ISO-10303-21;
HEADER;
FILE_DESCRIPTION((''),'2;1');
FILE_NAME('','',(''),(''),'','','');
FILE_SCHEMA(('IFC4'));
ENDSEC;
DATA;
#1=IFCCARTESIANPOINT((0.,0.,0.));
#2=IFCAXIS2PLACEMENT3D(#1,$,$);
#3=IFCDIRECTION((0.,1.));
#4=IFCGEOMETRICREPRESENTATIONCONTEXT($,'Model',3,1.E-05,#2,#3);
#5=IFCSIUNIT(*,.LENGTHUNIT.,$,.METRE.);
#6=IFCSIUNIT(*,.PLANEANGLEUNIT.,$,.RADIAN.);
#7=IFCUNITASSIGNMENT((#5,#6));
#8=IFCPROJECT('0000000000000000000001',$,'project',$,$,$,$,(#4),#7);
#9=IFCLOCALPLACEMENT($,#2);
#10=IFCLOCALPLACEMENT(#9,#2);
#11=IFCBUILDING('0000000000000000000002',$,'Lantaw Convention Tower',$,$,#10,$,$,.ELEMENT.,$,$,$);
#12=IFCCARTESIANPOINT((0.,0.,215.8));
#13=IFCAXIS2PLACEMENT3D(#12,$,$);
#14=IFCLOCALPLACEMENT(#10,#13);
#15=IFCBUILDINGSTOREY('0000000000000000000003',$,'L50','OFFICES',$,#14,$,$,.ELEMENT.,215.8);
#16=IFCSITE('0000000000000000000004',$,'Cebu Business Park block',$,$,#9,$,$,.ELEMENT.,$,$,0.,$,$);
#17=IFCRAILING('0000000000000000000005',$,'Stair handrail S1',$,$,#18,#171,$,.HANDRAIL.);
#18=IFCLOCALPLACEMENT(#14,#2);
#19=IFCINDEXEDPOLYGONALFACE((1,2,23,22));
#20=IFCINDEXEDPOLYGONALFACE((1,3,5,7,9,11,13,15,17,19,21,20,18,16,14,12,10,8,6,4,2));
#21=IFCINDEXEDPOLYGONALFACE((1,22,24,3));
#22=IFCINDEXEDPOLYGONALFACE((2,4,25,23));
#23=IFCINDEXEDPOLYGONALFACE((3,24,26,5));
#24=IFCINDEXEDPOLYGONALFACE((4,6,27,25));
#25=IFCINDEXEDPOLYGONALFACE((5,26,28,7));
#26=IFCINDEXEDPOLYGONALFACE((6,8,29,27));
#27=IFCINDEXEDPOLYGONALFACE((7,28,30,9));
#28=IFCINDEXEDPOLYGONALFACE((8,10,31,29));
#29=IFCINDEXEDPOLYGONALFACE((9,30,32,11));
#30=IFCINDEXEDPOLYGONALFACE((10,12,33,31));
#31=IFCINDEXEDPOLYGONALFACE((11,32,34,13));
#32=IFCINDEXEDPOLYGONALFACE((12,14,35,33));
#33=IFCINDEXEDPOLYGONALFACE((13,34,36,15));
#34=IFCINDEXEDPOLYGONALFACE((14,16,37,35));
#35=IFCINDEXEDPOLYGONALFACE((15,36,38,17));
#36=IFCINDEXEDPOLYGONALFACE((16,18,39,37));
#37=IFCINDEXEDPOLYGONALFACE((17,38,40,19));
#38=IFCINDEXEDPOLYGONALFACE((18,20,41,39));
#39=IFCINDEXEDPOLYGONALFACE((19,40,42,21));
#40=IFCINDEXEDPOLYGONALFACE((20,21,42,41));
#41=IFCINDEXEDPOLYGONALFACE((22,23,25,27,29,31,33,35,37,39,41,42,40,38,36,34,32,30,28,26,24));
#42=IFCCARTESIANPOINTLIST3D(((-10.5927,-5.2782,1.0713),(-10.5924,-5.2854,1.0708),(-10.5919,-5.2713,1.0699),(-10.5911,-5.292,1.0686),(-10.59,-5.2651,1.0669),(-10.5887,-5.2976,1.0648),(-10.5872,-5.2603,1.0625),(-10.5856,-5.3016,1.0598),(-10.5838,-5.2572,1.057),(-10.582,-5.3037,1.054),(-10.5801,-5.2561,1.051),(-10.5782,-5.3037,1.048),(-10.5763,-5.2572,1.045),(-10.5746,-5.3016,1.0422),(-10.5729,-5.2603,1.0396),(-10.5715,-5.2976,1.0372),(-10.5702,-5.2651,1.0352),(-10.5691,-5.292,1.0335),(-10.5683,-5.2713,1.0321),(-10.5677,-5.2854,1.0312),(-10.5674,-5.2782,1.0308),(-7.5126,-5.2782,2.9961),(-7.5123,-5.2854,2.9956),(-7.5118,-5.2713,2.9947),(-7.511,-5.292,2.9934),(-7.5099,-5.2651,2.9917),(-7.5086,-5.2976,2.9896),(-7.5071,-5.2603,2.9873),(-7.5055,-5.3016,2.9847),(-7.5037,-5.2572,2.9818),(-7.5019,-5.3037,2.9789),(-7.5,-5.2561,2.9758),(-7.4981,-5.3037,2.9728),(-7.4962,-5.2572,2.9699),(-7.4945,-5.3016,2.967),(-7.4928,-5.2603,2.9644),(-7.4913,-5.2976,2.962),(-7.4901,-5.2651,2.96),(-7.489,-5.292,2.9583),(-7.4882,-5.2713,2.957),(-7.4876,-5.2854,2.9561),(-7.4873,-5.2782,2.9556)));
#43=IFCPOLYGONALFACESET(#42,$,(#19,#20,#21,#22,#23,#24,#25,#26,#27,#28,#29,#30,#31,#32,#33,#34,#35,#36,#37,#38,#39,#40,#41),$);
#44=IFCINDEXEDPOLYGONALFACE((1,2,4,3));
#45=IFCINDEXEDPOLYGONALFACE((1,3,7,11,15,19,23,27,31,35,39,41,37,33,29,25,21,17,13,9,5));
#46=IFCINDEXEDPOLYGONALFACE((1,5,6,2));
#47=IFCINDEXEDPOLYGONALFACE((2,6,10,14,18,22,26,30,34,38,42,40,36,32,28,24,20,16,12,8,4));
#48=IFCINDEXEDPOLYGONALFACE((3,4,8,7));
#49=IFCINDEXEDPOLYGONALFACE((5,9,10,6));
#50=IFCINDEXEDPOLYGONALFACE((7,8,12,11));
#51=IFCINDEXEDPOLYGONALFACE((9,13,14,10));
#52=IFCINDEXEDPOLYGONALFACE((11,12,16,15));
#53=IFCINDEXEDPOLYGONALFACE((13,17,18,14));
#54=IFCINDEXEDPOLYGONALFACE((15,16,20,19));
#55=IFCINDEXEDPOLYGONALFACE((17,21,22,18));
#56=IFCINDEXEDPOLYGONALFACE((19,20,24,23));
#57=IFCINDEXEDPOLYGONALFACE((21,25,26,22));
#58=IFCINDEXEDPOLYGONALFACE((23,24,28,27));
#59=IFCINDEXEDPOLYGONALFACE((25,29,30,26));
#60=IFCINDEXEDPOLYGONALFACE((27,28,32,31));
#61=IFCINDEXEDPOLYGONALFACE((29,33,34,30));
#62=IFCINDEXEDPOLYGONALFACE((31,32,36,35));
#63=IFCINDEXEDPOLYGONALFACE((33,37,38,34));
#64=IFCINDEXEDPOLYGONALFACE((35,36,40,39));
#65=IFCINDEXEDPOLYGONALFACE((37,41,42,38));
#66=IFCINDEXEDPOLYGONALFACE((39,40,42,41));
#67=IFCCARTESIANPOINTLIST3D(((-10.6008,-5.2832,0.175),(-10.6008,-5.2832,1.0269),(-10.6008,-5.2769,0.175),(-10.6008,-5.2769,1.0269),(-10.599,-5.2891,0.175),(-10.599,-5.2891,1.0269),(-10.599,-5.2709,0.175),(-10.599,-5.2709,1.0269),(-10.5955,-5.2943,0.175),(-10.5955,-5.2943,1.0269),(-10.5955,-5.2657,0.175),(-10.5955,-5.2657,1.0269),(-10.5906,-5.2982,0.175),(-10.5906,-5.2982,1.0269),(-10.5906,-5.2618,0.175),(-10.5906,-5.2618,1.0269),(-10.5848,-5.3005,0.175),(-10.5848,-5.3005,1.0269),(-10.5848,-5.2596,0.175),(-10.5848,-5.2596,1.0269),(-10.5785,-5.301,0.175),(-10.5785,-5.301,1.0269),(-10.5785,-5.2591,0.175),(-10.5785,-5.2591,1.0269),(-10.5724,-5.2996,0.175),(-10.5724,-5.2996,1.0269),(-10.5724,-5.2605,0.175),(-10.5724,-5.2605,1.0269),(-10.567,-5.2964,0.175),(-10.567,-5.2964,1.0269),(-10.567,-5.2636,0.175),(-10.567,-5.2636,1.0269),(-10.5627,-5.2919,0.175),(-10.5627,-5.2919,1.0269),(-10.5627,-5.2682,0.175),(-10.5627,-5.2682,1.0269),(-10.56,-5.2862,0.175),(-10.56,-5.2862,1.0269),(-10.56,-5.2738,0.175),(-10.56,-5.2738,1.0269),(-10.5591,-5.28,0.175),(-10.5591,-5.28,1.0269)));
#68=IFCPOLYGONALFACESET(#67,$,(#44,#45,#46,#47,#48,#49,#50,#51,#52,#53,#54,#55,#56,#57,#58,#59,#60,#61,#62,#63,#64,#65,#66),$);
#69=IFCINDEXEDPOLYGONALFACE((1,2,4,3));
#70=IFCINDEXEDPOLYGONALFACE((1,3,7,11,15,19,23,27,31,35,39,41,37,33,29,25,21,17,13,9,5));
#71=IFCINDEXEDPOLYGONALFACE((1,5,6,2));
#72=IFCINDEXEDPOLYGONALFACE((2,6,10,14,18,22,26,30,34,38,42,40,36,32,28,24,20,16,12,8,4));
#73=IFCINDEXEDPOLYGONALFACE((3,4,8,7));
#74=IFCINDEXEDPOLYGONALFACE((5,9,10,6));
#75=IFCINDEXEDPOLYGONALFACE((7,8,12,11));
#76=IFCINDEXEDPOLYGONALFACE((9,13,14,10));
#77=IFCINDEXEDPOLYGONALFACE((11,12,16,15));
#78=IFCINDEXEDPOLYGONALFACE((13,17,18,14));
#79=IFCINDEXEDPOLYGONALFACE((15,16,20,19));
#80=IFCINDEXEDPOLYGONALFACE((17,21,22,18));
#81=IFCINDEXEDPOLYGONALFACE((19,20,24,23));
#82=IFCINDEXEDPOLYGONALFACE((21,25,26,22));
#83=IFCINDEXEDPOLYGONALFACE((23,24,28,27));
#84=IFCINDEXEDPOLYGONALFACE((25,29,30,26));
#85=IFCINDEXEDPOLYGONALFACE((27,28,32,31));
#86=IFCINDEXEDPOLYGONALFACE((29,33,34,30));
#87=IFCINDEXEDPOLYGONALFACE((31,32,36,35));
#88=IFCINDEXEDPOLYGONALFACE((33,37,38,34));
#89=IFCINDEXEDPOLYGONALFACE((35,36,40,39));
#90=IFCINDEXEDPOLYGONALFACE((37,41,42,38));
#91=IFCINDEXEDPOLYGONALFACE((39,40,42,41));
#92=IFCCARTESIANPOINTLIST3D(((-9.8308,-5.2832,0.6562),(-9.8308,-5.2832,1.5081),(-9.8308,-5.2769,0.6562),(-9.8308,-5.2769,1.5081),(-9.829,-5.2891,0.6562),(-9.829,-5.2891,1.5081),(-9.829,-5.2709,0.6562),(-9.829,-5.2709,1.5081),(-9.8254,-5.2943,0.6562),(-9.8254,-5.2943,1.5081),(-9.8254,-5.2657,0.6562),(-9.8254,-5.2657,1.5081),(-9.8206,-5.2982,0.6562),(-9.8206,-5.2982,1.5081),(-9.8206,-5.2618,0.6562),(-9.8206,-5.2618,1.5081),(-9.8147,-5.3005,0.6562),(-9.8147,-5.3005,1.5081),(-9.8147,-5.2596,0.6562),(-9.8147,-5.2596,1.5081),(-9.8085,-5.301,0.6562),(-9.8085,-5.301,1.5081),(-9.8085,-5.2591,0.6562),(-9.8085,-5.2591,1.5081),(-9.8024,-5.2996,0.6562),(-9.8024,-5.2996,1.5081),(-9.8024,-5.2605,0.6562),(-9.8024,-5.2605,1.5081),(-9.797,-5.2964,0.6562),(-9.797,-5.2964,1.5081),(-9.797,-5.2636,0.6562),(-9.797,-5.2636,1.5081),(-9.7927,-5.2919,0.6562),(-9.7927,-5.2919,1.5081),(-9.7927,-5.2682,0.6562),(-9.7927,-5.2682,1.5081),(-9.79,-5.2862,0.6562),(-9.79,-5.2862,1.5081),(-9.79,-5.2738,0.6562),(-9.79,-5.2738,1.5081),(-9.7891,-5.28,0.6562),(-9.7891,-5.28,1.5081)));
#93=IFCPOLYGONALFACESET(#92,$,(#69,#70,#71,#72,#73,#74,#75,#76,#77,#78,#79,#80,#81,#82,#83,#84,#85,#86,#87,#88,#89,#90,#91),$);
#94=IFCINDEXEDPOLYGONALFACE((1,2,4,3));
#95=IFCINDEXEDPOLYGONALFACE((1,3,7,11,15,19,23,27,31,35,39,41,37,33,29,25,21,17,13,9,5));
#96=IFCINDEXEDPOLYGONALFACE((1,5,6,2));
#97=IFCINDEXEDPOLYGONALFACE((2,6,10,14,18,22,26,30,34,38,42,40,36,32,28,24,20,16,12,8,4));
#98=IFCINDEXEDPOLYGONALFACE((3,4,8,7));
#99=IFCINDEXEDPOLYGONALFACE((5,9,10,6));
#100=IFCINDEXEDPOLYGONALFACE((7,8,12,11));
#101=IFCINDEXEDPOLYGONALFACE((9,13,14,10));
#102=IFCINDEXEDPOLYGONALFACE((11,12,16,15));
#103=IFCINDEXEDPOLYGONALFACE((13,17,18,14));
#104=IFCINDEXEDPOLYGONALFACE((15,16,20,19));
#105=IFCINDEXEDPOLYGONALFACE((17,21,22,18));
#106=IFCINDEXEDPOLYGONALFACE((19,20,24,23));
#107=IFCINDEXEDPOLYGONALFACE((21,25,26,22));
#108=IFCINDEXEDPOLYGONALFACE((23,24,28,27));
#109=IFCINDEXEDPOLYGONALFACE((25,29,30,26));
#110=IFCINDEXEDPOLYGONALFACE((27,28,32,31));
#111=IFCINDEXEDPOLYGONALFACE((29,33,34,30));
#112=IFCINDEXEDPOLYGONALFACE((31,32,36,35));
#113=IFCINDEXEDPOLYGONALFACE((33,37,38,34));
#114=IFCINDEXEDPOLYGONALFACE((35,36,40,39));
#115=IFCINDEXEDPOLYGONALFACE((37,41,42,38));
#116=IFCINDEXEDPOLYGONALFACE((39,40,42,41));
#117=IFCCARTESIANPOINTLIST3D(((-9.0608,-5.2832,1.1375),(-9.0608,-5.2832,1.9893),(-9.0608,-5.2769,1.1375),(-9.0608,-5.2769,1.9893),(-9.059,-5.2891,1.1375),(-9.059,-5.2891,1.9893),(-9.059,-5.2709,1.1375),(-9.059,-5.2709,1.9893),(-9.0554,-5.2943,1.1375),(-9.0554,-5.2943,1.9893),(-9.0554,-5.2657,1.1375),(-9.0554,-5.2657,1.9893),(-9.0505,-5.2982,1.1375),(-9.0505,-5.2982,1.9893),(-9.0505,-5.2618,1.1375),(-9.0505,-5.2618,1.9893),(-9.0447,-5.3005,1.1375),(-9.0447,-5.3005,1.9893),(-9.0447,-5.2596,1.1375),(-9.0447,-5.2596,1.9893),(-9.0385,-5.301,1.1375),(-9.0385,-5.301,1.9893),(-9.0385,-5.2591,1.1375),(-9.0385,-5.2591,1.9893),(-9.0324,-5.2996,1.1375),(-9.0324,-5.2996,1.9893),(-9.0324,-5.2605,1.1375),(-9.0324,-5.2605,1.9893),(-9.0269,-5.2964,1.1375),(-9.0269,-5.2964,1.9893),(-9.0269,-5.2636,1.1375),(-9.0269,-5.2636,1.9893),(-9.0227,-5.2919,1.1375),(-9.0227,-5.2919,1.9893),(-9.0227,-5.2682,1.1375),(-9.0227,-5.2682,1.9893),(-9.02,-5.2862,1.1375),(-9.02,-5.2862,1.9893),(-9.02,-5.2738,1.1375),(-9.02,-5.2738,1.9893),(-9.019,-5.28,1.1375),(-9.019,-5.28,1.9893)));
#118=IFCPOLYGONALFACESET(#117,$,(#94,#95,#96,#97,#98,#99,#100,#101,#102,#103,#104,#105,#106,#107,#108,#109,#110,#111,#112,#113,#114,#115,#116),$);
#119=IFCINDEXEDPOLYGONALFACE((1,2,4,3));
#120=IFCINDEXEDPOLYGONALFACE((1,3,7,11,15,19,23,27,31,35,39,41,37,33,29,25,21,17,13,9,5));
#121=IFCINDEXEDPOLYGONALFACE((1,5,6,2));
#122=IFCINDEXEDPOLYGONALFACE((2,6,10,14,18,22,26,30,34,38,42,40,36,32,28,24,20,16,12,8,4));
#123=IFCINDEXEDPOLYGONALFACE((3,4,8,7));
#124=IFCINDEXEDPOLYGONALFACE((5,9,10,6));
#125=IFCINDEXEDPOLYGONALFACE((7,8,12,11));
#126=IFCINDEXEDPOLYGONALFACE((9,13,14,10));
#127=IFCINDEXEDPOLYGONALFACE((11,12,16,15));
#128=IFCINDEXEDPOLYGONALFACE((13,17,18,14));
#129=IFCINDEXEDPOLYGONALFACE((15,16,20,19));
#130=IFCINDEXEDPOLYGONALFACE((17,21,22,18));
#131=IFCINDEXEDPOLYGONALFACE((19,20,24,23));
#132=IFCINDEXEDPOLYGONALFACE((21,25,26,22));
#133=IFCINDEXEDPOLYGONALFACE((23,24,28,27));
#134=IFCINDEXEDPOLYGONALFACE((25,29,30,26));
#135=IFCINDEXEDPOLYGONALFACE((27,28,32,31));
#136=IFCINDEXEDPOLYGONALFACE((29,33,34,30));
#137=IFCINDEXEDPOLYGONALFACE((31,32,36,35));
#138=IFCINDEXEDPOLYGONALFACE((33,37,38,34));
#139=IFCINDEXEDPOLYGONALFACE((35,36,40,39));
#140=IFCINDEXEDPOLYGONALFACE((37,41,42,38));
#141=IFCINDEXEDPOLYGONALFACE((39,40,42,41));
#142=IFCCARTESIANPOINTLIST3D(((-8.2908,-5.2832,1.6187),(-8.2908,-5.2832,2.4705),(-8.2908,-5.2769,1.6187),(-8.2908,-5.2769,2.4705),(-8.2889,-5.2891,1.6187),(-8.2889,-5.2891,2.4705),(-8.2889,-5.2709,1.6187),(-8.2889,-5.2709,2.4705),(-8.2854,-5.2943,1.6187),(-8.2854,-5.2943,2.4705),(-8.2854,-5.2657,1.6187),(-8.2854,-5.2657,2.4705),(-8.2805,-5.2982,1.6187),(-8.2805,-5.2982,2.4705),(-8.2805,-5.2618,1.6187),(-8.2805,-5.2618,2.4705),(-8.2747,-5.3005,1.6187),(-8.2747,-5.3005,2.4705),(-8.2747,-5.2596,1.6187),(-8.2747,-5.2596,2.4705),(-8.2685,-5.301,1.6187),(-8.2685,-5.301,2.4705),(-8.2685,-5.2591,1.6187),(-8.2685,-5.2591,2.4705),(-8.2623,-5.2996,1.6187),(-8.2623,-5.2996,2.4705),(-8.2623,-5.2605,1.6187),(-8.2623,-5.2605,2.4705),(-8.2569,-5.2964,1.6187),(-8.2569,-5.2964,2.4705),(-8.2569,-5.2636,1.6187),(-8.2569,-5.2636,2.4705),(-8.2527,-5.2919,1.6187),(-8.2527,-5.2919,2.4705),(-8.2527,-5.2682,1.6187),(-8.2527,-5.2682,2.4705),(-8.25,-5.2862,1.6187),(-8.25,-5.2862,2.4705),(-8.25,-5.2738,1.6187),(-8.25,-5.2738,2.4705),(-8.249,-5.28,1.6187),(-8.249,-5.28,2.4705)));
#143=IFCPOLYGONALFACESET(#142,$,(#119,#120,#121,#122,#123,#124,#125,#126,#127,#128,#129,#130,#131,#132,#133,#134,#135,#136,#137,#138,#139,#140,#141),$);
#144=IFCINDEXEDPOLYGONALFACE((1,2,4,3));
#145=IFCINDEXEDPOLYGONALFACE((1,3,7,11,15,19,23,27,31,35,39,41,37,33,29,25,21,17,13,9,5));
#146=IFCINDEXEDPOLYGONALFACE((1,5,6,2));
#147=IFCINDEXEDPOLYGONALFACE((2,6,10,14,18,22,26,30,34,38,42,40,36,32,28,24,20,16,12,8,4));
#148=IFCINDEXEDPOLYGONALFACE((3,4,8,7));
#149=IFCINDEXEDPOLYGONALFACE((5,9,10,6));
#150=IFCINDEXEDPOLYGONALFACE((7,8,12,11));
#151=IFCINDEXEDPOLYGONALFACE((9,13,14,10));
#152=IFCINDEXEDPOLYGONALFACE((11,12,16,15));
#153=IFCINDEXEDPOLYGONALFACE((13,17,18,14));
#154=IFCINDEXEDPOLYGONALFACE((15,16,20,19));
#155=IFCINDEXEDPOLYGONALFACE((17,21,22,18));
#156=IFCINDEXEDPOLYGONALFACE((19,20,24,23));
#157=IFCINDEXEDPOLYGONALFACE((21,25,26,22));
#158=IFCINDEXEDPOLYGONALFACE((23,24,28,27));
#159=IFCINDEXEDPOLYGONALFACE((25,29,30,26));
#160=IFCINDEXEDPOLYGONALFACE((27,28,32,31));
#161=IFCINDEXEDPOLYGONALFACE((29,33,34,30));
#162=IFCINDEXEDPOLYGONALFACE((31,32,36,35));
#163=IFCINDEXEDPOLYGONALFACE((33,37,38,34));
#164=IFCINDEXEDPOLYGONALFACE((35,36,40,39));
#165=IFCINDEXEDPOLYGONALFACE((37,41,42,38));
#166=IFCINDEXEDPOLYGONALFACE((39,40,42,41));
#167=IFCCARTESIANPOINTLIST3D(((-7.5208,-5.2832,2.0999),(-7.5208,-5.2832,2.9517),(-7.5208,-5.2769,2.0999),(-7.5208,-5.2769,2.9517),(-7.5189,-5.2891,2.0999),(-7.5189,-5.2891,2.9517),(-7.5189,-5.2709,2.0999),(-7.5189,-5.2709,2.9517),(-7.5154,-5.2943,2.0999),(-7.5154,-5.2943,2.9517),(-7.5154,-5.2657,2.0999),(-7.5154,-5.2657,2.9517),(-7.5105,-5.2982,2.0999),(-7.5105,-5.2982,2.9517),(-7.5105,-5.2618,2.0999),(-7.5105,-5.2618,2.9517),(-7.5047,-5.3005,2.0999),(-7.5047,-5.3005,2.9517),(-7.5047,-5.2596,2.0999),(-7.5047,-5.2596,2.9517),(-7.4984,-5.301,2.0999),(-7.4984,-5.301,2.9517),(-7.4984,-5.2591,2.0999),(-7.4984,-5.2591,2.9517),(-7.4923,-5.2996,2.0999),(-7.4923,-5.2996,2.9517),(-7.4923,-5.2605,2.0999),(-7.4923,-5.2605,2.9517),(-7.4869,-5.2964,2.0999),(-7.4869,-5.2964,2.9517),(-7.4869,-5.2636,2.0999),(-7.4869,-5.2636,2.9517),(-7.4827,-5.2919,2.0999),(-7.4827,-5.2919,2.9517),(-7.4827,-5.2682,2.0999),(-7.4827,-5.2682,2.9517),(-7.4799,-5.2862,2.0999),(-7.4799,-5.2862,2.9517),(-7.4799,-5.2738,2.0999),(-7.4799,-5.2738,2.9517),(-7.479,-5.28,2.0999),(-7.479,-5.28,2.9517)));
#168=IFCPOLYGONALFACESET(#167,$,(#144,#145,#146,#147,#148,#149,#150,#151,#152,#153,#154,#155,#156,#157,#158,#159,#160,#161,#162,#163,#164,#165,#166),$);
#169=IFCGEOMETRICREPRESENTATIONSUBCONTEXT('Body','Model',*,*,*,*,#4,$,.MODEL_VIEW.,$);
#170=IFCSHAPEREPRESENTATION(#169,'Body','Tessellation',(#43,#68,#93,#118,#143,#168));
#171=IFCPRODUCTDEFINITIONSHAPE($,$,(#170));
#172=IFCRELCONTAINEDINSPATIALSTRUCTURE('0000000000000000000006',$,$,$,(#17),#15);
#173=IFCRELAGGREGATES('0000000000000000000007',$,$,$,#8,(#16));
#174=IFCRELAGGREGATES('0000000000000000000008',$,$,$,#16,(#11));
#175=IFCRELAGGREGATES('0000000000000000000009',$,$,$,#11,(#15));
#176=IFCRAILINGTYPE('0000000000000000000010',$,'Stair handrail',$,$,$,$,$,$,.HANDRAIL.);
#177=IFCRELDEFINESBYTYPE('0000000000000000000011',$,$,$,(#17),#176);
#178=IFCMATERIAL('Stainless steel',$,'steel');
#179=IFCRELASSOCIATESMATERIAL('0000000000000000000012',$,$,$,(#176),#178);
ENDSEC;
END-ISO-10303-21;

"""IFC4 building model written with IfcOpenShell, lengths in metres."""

from ifc_helpers import new_model, si_unit, direction, frame, origin, origin_2d, place, context, subcontext, project, spatial, circle, extrude, material, type_object, element, save


model = new_model("IFC4")

# Units and contexts
model_context = context("Model", 3, precision=1e-05, world=origin(), true_north=direction((0.0, 1.0)))
body_context = subcontext(model_context, "Body", "Model", "MODEL_VIEW")
ifc_project = project(units=[si_unit("LENGTHUNIT", "METRE"), si_unit("PLANEANGLEUNIT", "RADIAN")], contexts=[model_context])

# Site, building, storey
site_placement = place(None, origin())
site = spatial("IfcSite", under=ifc_project, at=site_placement, Name="Cebu Business Park block", CompositionType="ELEMENT", RefElevation=0.0)
building_placement = place(site_placement, origin())
building = spatial("IfcBuilding", under=site, at=building_placement, Name="Lantaw Convention Tower", CompositionType="ELEMENT")
storey_placement = place(building_placement, frame((0.0, 0.0, 215.8)))
storey = spatial("IfcBuildingStorey", under=building, at=storey_placement, Name="L50", Description="OFFICES", CompositionType="ELEMENT", Elevation=215.8)

# Shared definitions
ifc_material_1 = material(Name="Stainless steel", Category="steel")

# Railing
railing_type = type_object("IfcRailingType", Name="Stair handrail", PredefinedType="HANDRAIL", material=ifc_material_1)
railing_1_placement = place(storey_placement, frame((-10.5801, -5.28, 0.175)))
element("IfcRailing", 1, at=railing_1_placement, inside=storey, type_object=railing_type, Name="Stair handrail S1", PredefinedType="HANDRAIL", context=body_context, shape_type="SweptSolid", body=[
    extrude(circle(Radius=0.0239, at=origin_2d()), frame((0.0, 0.0, 0.876), z_axis=(0.848029, 0.0, 0.529951), x_axis=(0.0, 1.0, 0.0)), (0.0, 0.0, 1.0), 3.6321),
    extrude(circle(Radius=0.021, at=origin_2d()), origin(), (0.0, 0.0, 1.0), 0.8518),
    extrude(circle(Radius=0.021, at=origin_2d()), frame((0.77, 0.0, 0.4812)), (0.0, 0.0, 1.0), 0.8518),
    extrude(circle(Radius=0.021, at=origin_2d()), frame((1.54, 0.0, 0.9624)), (0.0, 0.0, 1.0), 0.8518),
    extrude(circle(Radius=0.021, at=origin_2d()), frame((2.3101, 0.0, 1.4436)), (0.0, 0.0, 1.0), 0.8518),
    extrude(circle(Radius=0.021, at=origin_2d()), frame((3.0801, 0.0, 1.9248)), (0.0, 0.0, 1.0), 0.8518),
])

save(model, "model.ifc")
